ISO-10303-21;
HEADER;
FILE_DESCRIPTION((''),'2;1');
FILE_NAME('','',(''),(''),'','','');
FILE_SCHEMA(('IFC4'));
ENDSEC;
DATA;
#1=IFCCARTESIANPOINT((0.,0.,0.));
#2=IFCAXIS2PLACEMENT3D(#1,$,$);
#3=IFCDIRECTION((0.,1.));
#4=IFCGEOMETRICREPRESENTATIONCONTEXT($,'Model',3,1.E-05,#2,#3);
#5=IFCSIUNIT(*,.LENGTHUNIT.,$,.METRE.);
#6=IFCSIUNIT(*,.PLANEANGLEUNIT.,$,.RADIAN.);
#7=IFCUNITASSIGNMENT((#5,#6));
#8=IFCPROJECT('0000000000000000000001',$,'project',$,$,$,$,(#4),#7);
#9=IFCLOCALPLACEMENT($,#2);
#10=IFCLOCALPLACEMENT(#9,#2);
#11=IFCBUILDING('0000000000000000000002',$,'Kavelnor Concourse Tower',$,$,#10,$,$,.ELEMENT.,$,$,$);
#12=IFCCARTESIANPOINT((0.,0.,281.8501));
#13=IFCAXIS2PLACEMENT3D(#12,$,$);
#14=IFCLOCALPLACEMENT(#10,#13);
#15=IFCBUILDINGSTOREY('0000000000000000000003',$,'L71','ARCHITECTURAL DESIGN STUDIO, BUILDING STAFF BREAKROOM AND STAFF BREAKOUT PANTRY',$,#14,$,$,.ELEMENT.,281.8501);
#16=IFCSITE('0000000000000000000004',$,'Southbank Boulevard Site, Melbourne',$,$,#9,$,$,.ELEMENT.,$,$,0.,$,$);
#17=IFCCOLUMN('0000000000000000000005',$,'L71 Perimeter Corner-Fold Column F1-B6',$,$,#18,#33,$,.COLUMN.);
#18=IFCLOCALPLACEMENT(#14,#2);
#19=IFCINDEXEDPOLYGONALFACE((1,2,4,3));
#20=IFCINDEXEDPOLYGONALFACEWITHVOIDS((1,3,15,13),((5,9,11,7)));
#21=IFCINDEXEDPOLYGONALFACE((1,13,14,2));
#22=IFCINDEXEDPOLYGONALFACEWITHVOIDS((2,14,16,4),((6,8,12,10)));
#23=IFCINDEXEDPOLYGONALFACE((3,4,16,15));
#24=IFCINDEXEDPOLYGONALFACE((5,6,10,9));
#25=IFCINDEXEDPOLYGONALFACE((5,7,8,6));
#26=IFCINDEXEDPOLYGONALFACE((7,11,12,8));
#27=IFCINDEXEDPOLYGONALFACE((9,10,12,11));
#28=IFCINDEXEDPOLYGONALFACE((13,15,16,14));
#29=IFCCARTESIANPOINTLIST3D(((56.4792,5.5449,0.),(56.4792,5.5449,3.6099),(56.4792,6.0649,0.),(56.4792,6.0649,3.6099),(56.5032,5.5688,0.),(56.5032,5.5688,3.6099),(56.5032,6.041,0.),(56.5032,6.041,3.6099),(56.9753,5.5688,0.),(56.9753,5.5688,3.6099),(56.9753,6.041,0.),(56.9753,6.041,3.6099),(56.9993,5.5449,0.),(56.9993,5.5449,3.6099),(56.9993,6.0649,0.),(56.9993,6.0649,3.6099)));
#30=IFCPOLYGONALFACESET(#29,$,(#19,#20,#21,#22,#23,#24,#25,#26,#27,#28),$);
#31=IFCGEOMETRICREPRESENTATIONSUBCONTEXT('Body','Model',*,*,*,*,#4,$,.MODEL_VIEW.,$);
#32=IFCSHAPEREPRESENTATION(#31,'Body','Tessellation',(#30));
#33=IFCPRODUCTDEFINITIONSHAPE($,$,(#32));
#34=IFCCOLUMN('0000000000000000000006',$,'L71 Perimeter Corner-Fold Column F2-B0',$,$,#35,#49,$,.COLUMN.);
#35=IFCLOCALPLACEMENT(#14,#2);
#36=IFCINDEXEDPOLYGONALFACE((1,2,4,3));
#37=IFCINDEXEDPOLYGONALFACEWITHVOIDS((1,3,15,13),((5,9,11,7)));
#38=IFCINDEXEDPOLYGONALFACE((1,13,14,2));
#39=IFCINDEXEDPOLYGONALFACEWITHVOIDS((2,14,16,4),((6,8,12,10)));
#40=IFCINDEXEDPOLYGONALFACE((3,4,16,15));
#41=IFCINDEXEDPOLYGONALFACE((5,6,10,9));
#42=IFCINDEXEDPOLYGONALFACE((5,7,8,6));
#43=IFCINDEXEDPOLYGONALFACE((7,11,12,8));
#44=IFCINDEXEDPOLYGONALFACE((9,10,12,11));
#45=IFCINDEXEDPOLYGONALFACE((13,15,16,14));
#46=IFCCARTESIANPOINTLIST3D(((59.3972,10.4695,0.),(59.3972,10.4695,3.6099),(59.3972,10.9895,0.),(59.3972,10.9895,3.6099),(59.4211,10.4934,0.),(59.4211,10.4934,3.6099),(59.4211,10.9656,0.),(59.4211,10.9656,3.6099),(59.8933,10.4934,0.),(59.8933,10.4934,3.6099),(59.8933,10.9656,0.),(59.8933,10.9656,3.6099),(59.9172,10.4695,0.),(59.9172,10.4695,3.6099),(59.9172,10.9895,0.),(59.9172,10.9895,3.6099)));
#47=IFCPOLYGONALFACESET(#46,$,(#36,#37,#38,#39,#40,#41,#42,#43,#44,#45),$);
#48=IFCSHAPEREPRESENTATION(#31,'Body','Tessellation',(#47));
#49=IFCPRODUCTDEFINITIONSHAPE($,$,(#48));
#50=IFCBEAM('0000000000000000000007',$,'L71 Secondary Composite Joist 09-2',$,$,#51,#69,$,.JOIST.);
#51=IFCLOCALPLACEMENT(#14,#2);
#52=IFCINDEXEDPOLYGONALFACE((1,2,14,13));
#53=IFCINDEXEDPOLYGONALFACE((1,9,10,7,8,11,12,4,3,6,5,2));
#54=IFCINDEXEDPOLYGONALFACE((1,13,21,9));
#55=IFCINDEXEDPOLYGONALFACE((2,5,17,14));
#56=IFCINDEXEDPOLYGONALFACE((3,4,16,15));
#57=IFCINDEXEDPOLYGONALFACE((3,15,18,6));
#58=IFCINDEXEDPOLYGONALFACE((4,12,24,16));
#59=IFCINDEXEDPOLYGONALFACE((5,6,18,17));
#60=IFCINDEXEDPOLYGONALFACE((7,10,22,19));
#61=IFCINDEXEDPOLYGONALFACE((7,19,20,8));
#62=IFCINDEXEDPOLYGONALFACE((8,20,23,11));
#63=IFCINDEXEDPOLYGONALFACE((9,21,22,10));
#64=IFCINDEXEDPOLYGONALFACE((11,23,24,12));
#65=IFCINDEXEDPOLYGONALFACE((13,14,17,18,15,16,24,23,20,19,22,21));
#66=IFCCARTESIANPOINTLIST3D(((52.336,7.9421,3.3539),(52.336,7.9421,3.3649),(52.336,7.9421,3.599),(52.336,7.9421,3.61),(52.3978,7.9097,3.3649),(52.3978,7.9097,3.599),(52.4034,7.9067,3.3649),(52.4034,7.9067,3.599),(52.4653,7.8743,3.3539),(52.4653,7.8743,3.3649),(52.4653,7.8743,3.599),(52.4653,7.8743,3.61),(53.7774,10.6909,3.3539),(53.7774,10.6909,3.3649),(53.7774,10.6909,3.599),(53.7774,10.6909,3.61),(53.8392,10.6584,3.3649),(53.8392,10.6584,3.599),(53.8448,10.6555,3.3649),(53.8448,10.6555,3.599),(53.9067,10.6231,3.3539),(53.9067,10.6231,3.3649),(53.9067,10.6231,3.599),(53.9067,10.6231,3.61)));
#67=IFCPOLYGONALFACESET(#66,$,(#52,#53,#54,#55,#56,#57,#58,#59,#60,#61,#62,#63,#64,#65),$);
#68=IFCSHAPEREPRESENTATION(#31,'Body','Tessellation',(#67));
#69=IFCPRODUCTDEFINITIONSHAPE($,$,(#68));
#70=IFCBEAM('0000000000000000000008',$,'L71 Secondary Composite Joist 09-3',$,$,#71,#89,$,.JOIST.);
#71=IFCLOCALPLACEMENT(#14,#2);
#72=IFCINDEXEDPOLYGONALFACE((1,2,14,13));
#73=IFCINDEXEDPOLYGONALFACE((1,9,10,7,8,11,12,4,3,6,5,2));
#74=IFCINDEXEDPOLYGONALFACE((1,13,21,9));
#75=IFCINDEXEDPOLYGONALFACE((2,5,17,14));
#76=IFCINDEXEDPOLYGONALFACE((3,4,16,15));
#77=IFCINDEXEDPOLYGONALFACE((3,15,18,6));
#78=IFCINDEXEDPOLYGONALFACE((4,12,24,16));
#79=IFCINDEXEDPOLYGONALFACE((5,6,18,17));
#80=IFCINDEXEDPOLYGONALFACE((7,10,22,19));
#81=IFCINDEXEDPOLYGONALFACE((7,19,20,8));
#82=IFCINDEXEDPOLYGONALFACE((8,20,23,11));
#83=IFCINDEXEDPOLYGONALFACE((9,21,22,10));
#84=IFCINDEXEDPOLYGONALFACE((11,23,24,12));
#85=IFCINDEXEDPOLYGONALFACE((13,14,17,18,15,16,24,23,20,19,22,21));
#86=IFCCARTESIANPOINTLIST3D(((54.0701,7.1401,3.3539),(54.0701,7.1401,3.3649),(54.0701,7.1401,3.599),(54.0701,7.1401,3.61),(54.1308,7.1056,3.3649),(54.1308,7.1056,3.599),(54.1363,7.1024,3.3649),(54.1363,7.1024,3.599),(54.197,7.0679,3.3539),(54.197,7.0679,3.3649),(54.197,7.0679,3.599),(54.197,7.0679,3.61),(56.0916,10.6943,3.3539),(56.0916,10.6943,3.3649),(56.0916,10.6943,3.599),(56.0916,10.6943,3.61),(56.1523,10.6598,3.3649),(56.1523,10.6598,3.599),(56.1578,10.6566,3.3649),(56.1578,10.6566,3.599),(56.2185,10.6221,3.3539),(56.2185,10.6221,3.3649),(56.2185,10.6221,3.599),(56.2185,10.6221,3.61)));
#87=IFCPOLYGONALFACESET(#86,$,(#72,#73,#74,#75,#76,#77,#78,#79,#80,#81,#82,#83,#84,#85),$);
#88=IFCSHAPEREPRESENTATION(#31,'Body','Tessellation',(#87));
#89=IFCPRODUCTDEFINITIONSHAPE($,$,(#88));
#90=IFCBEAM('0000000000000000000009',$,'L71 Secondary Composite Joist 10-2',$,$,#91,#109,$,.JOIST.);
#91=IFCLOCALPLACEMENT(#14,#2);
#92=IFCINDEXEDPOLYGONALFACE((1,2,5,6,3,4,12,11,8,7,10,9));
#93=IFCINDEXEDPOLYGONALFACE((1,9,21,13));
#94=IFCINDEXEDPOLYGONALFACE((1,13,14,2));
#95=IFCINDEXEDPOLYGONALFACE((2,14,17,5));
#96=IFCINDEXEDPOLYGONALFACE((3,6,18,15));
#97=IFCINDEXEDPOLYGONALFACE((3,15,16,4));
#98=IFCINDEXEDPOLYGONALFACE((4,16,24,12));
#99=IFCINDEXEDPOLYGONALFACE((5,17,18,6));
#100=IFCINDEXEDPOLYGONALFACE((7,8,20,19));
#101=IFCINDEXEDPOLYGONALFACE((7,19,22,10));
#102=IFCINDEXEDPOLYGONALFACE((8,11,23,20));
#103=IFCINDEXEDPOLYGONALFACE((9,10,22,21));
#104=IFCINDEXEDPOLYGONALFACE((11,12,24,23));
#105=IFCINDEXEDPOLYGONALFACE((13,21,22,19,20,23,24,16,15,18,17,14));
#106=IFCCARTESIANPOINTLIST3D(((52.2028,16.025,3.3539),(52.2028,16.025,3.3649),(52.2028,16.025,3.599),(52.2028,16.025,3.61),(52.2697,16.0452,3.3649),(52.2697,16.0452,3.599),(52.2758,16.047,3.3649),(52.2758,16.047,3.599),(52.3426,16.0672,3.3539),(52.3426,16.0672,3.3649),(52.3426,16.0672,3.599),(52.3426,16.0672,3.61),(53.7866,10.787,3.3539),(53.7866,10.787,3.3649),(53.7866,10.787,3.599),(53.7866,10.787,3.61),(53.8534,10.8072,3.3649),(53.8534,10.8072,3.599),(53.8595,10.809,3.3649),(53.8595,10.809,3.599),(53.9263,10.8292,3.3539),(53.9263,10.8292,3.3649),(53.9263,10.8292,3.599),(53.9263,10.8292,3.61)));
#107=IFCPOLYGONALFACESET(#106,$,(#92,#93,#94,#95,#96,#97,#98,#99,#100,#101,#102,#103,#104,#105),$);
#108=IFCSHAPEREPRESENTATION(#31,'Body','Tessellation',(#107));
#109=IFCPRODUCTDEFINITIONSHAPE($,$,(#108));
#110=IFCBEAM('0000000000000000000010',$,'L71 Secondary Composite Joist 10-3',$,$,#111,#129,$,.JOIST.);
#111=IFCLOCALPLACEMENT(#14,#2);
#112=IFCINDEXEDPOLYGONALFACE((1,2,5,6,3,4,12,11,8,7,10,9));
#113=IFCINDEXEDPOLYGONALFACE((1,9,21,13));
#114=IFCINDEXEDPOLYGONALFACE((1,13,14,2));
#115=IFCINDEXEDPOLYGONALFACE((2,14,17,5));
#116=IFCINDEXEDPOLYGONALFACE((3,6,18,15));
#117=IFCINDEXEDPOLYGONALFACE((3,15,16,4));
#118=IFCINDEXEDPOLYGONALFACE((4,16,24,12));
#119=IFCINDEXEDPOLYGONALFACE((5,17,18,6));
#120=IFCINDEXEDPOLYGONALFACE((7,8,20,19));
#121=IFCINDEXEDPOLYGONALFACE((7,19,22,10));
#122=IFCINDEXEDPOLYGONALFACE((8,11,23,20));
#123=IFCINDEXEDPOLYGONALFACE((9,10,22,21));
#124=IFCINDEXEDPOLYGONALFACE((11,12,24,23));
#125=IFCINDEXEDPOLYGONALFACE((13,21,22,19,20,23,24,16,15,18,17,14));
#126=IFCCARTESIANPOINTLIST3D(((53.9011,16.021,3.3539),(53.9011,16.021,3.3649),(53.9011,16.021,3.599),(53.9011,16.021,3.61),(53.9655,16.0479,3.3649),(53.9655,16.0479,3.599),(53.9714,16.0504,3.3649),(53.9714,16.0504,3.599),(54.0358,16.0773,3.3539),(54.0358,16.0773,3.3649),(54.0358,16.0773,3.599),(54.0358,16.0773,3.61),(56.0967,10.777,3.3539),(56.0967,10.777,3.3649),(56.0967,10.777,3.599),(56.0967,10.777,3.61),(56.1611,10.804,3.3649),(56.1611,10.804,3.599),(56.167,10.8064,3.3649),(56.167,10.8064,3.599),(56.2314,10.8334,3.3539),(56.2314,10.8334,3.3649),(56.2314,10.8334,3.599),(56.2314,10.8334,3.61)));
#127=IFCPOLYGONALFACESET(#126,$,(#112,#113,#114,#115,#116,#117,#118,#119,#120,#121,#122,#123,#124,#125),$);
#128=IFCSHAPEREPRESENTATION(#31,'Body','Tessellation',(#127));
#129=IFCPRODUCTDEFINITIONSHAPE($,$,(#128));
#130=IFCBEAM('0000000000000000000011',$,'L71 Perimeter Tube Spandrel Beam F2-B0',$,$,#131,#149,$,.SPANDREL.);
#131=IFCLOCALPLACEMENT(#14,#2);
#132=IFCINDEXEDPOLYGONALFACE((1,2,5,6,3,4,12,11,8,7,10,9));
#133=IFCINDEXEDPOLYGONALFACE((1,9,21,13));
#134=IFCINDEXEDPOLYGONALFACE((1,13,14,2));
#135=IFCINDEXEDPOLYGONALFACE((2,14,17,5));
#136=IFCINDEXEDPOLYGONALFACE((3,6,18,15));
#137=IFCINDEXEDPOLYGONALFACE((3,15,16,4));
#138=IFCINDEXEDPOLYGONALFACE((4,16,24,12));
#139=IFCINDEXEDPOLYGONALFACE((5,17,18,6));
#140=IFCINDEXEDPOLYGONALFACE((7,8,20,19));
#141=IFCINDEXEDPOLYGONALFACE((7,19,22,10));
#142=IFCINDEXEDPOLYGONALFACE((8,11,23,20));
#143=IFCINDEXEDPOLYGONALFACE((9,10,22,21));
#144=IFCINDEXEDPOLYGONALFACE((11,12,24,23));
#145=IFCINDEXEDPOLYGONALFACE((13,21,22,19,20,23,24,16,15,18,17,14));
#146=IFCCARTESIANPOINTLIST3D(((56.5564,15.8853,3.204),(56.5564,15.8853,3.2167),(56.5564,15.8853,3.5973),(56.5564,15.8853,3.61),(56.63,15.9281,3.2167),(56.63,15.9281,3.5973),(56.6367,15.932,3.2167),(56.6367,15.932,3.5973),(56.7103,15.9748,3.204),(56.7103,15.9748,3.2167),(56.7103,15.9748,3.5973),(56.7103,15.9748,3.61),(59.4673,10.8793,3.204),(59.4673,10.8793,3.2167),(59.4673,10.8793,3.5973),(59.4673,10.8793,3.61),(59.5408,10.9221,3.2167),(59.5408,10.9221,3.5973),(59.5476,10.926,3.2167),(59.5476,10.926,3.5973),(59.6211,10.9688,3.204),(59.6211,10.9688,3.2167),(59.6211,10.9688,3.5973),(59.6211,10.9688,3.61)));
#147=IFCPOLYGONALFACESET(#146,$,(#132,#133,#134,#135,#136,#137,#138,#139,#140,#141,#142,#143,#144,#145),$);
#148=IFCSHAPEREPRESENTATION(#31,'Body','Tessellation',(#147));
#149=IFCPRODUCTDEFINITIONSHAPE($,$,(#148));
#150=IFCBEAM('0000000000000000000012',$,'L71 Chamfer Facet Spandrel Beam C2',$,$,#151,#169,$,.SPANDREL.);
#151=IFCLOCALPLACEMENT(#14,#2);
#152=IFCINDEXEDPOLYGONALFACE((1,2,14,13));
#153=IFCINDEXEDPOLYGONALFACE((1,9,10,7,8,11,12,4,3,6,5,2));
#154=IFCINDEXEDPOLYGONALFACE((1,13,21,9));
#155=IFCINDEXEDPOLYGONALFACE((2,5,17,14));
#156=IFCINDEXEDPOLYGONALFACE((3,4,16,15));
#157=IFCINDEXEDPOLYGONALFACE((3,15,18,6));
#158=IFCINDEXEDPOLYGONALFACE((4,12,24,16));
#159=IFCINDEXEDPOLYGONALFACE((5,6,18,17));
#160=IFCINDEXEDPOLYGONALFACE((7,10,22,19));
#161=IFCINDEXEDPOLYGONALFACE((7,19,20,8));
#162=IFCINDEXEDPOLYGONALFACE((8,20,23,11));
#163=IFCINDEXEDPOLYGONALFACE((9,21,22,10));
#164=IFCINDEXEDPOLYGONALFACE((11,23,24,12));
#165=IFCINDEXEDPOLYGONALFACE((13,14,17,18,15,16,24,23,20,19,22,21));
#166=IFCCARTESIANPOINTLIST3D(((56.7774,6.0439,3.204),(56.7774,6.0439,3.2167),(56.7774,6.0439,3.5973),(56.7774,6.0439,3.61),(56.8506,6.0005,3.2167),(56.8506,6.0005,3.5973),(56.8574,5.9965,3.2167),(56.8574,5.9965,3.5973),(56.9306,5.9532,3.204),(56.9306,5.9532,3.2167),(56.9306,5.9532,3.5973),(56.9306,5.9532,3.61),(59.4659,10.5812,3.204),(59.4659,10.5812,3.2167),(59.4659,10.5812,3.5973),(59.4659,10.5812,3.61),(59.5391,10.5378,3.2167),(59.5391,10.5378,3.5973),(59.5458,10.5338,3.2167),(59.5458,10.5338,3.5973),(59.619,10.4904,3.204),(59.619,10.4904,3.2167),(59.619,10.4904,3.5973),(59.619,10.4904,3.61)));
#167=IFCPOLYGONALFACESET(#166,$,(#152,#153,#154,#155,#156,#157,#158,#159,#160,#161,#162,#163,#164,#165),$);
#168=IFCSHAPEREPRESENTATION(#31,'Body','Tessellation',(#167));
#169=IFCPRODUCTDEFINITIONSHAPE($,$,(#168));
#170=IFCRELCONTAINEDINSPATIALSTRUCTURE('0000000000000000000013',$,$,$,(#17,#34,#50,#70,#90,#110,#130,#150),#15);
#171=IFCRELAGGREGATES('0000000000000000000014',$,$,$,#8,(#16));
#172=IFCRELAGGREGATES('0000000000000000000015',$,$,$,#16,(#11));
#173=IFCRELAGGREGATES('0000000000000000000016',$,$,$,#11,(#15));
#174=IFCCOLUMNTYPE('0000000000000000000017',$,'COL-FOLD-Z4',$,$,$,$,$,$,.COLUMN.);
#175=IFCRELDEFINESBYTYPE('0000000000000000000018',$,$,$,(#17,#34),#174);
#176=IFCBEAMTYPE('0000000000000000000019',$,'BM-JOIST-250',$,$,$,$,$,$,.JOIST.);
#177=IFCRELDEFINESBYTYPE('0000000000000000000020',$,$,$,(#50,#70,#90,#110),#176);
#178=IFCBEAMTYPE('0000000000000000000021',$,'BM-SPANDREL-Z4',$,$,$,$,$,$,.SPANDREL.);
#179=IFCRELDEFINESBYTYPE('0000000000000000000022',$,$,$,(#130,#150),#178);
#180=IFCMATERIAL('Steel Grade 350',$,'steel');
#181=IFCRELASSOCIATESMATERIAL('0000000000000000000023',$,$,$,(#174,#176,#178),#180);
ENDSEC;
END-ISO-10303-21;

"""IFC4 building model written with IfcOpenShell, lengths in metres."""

from ifc_helpers import new_model, si_unit, direction, frame, origin, origin_2d, place, context, subcontext, project, spatial, hollow_rectangle, i_section, extrude, material, material_profile, profile_set, type_object, element, save


model = new_model("IFC4")

# Units and contexts
model_context = context("Model", 3, precision=1e-05, world=origin(), true_north=direction((0.0, 1.0)))
body_context = subcontext(model_context, "Body", "Model", "MODEL_VIEW")
ifc_project = project(units=[si_unit("LENGTHUNIT", "METRE"), si_unit("PLANEANGLEUNIT", "RADIAN")], contexts=[model_context])

# Site, building, storey
site_placement = place(None, origin())
site = spatial("IfcSite", under=ifc_project, at=site_placement, Name="Southbank Boulevard Site, Melbourne", CompositionType="ELEMENT", RefElevation=0.0)
building_placement = place(site_placement, origin())
building = spatial("IfcBuilding", under=site, at=building_placement, Name="Kavelnor Concourse Tower", CompositionType="ELEMENT")
storey_placement = place(building_placement, frame((0.0, 0.0, 281.8501)))
storey = spatial("IfcBuildingStorey", under=building, at=storey_placement, Name="L71", Description="ARCHITECTURAL DESIGN STUDIO, BUILDING STAFF BREAKROOM AND STAFF BREAKOUT PANTRY", CompositionType="ELEMENT", Elevation=281.8501)

# Columns
ifc_material_1 = material(Name="Steel Grade 350", Category="steel")
ifc_material_profile_1 = material_profile(ifc_material_1, hollow_rectangle(XDim=0.52, YDim=0.52, WallThickness=0.0239, at=origin_2d()), Name="SHS 520x520x24")
ifc_profile_set_1 = profile_set([ifc_material_profile_1], Name="Steel Grade 350")
column_type = type_object("IfcColumnType", Name="COL-FOLD-Z4", PredefinedType="COLUMN", material=ifc_profile_set_1)
for number, where, z_axis, x_axis, name in (
    (1, (56.7393, 5.8049, 0.0), (0.0, 0.0, 1.0), (1.0, 0.0, 0.0), "L71 Perimeter Corner-Fold Column F1-B6"),
    (2, (59.6572, 10.7295, 0.0), (0.0, 0.0, 1.0), (1.0, 0.0, 0.0), "L71 Perimeter Corner-Fold Column F2-B0"),
):
    element("IfcColumn", number, at=place(storey_placement, frame(where, z_axis=z_axis, x_axis=x_axis)), inside=storey, type_object=column_type, Name=name, PredefinedType="COLUMN", context=body_context, shape_type="SweptSolid", body=[
        extrude(hollow_rectangle(XDim=0.52, YDim=0.52, WallThickness=0.0239, at=origin_2d()), origin(), (0.0, 0.0, 1.0), 3.6099),
    ])

# Beams
ifc_material_profile_2 = material_profile(ifc_material_1, i_section(OverallWidth=0.146, OverallDepth=0.2561, WebThickness=0.0063, FlangeThickness=0.011, at=origin_2d()), Name="250UB37")
ifc_profile_set_2 = profile_set([ifc_material_profile_2], Name="Steel Grade 350")
beam_type_1 = type_object("IfcBeamType", Name="BM-JOIST-250", PredefinedType="JOIST", material=ifc_profile_set_2)
beam_1_placement = place(storey_placement, frame((52.4006, 7.9082, 3.4819), z_axis=(0.464404, 0.885624, 0.0), x_axis=(-0.885624, 0.464404, 0.0)))
element("IfcBeam", 3, at=beam_1_placement, inside=storey, type_object=beam_type_1, Name="L71 Secondary Composite Joist 09-2", PredefinedType="JOIST", context=body_context, shape_type="SweptSolid", body=[
    extrude(i_section(OverallWidth=0.146, OverallDepth=0.2561, WebThickness=0.0063, FlangeThickness=0.011, at=origin_2d()), origin(), (0.0, 0.0, 1.0), 3.1038),
])
beam_2_placement = place(storey_placement, frame((54.1335, 7.104, 3.4819), z_axis=(0.494389, 0.869241, 0.0), x_axis=(-0.869241, 0.494389, 0.0)))
element("IfcBeam", 4, at=beam_2_placement, inside=storey, type_object=beam_type_1, Name="L71 Secondary Composite Joist 09-3", PredefinedType="JOIST", context=body_context, shape_type="SweptSolid", body=[
    extrude(i_section(OverallWidth=0.146, OverallDepth=0.2561, WebThickness=0.0063, FlangeThickness=0.011, at=origin_2d()), origin(), (0.0, 0.0, 1.0), 4.0889),
])
beam_3_placement = place(storey_placement, frame((53.8564, 10.8081, 3.4819), z_axis=(-0.289414, 0.957204, 0.0), x_axis=(-0.957204, -0.289414, 0.0)))
element("IfcBeam", 5, at=beam_3_placement, inside=storey, type_object=beam_type_1, Name="L71 Secondary Composite Joist 10-2", PredefinedType="JOIST", context=body_context, shape_type="SweptSolid", body=[
    extrude(i_section(OverallWidth=0.146, OverallDepth=0.2561, WebThickness=0.0063, FlangeThickness=0.011, at=origin_2d()), origin(), (0.0, 0.0, 1.0), 5.4722),
])
beam_4_placement = place(storey_placement, frame((56.1641, 10.8052, 3.4819), z_axis=(-0.386204, 0.922414, 0.0), x_axis=(-0.922414, -0.386204, 0.0)))
element("IfcBeam", 6, at=beam_4_placement, inside=storey, type_object=beam_type_1, Name="L71 Secondary Composite Joist 10-3", PredefinedType="JOIST", context=body_context, shape_type="SweptSolid", body=[
    extrude(i_section(OverallWidth=0.146, OverallDepth=0.2561, WebThickness=0.0063, FlangeThickness=0.011, at=origin_2d()), origin(), (0.0, 0.0, 1.0), 5.6851),
])
ifc_material_profile_3 = material_profile(ifc_material_1, i_section(OverallWidth=0.178, OverallDepth=0.406, WebThickness=0.0078, FlangeThickness=0.0127, at=origin_2d()), Name="410UB59")
ifc_profile_set_3 = profile_set([ifc_material_profile_3], Name="Steel Grade 350")
beam_type_2 = type_object("IfcBeamType", Name="BM-SPANDREL-Z4", PredefinedType="SPANDREL", material=ifc_profile_set_3)
beam_5_placement = place(storey_placement, frame((59.5442, 10.9241, 3.407), z_axis=(-0.502667, 0.86448, 0.0), x_axis=(-0.86448, -0.502667, 0.0)))
element("IfcBeam", 7, at=beam_5_placement, inside=storey, type_object=beam_type_2, Name="L71 Perimeter Tube Spandrel Beam F2-B0", PredefinedType="SPANDREL", context=body_context, shape_type="SweptSolid", body=[
    extrude(i_section(OverallWidth=0.178, OverallDepth=0.406, WebThickness=0.0078, FlangeThickness=0.0127, at=origin_2d()), origin(), (0.0, 0.0, 1.0), 5.7908),
])
beam_6_placement = place(storey_placement, frame((56.854, 5.9985, 3.407), z_axis=(0.509757, 0.860319, 0.0), x_axis=(-0.860319, 0.509757, 0.0)))
element("IfcBeam", 8, at=beam_6_placement, inside=storey, type_object=beam_type_2, Name="L71 Chamfer Facet Spandrel Beam C2", PredefinedType="SPANDREL", context=body_context, shape_type="SweptSolid", body=[
    extrude(i_section(OverallWidth=0.178, OverallDepth=0.406, WebThickness=0.0078, FlangeThickness=0.0127, at=origin_2d()), origin(), (0.0, 0.0, 1.0), 5.2739),
])

save(model, "model.ifc")
